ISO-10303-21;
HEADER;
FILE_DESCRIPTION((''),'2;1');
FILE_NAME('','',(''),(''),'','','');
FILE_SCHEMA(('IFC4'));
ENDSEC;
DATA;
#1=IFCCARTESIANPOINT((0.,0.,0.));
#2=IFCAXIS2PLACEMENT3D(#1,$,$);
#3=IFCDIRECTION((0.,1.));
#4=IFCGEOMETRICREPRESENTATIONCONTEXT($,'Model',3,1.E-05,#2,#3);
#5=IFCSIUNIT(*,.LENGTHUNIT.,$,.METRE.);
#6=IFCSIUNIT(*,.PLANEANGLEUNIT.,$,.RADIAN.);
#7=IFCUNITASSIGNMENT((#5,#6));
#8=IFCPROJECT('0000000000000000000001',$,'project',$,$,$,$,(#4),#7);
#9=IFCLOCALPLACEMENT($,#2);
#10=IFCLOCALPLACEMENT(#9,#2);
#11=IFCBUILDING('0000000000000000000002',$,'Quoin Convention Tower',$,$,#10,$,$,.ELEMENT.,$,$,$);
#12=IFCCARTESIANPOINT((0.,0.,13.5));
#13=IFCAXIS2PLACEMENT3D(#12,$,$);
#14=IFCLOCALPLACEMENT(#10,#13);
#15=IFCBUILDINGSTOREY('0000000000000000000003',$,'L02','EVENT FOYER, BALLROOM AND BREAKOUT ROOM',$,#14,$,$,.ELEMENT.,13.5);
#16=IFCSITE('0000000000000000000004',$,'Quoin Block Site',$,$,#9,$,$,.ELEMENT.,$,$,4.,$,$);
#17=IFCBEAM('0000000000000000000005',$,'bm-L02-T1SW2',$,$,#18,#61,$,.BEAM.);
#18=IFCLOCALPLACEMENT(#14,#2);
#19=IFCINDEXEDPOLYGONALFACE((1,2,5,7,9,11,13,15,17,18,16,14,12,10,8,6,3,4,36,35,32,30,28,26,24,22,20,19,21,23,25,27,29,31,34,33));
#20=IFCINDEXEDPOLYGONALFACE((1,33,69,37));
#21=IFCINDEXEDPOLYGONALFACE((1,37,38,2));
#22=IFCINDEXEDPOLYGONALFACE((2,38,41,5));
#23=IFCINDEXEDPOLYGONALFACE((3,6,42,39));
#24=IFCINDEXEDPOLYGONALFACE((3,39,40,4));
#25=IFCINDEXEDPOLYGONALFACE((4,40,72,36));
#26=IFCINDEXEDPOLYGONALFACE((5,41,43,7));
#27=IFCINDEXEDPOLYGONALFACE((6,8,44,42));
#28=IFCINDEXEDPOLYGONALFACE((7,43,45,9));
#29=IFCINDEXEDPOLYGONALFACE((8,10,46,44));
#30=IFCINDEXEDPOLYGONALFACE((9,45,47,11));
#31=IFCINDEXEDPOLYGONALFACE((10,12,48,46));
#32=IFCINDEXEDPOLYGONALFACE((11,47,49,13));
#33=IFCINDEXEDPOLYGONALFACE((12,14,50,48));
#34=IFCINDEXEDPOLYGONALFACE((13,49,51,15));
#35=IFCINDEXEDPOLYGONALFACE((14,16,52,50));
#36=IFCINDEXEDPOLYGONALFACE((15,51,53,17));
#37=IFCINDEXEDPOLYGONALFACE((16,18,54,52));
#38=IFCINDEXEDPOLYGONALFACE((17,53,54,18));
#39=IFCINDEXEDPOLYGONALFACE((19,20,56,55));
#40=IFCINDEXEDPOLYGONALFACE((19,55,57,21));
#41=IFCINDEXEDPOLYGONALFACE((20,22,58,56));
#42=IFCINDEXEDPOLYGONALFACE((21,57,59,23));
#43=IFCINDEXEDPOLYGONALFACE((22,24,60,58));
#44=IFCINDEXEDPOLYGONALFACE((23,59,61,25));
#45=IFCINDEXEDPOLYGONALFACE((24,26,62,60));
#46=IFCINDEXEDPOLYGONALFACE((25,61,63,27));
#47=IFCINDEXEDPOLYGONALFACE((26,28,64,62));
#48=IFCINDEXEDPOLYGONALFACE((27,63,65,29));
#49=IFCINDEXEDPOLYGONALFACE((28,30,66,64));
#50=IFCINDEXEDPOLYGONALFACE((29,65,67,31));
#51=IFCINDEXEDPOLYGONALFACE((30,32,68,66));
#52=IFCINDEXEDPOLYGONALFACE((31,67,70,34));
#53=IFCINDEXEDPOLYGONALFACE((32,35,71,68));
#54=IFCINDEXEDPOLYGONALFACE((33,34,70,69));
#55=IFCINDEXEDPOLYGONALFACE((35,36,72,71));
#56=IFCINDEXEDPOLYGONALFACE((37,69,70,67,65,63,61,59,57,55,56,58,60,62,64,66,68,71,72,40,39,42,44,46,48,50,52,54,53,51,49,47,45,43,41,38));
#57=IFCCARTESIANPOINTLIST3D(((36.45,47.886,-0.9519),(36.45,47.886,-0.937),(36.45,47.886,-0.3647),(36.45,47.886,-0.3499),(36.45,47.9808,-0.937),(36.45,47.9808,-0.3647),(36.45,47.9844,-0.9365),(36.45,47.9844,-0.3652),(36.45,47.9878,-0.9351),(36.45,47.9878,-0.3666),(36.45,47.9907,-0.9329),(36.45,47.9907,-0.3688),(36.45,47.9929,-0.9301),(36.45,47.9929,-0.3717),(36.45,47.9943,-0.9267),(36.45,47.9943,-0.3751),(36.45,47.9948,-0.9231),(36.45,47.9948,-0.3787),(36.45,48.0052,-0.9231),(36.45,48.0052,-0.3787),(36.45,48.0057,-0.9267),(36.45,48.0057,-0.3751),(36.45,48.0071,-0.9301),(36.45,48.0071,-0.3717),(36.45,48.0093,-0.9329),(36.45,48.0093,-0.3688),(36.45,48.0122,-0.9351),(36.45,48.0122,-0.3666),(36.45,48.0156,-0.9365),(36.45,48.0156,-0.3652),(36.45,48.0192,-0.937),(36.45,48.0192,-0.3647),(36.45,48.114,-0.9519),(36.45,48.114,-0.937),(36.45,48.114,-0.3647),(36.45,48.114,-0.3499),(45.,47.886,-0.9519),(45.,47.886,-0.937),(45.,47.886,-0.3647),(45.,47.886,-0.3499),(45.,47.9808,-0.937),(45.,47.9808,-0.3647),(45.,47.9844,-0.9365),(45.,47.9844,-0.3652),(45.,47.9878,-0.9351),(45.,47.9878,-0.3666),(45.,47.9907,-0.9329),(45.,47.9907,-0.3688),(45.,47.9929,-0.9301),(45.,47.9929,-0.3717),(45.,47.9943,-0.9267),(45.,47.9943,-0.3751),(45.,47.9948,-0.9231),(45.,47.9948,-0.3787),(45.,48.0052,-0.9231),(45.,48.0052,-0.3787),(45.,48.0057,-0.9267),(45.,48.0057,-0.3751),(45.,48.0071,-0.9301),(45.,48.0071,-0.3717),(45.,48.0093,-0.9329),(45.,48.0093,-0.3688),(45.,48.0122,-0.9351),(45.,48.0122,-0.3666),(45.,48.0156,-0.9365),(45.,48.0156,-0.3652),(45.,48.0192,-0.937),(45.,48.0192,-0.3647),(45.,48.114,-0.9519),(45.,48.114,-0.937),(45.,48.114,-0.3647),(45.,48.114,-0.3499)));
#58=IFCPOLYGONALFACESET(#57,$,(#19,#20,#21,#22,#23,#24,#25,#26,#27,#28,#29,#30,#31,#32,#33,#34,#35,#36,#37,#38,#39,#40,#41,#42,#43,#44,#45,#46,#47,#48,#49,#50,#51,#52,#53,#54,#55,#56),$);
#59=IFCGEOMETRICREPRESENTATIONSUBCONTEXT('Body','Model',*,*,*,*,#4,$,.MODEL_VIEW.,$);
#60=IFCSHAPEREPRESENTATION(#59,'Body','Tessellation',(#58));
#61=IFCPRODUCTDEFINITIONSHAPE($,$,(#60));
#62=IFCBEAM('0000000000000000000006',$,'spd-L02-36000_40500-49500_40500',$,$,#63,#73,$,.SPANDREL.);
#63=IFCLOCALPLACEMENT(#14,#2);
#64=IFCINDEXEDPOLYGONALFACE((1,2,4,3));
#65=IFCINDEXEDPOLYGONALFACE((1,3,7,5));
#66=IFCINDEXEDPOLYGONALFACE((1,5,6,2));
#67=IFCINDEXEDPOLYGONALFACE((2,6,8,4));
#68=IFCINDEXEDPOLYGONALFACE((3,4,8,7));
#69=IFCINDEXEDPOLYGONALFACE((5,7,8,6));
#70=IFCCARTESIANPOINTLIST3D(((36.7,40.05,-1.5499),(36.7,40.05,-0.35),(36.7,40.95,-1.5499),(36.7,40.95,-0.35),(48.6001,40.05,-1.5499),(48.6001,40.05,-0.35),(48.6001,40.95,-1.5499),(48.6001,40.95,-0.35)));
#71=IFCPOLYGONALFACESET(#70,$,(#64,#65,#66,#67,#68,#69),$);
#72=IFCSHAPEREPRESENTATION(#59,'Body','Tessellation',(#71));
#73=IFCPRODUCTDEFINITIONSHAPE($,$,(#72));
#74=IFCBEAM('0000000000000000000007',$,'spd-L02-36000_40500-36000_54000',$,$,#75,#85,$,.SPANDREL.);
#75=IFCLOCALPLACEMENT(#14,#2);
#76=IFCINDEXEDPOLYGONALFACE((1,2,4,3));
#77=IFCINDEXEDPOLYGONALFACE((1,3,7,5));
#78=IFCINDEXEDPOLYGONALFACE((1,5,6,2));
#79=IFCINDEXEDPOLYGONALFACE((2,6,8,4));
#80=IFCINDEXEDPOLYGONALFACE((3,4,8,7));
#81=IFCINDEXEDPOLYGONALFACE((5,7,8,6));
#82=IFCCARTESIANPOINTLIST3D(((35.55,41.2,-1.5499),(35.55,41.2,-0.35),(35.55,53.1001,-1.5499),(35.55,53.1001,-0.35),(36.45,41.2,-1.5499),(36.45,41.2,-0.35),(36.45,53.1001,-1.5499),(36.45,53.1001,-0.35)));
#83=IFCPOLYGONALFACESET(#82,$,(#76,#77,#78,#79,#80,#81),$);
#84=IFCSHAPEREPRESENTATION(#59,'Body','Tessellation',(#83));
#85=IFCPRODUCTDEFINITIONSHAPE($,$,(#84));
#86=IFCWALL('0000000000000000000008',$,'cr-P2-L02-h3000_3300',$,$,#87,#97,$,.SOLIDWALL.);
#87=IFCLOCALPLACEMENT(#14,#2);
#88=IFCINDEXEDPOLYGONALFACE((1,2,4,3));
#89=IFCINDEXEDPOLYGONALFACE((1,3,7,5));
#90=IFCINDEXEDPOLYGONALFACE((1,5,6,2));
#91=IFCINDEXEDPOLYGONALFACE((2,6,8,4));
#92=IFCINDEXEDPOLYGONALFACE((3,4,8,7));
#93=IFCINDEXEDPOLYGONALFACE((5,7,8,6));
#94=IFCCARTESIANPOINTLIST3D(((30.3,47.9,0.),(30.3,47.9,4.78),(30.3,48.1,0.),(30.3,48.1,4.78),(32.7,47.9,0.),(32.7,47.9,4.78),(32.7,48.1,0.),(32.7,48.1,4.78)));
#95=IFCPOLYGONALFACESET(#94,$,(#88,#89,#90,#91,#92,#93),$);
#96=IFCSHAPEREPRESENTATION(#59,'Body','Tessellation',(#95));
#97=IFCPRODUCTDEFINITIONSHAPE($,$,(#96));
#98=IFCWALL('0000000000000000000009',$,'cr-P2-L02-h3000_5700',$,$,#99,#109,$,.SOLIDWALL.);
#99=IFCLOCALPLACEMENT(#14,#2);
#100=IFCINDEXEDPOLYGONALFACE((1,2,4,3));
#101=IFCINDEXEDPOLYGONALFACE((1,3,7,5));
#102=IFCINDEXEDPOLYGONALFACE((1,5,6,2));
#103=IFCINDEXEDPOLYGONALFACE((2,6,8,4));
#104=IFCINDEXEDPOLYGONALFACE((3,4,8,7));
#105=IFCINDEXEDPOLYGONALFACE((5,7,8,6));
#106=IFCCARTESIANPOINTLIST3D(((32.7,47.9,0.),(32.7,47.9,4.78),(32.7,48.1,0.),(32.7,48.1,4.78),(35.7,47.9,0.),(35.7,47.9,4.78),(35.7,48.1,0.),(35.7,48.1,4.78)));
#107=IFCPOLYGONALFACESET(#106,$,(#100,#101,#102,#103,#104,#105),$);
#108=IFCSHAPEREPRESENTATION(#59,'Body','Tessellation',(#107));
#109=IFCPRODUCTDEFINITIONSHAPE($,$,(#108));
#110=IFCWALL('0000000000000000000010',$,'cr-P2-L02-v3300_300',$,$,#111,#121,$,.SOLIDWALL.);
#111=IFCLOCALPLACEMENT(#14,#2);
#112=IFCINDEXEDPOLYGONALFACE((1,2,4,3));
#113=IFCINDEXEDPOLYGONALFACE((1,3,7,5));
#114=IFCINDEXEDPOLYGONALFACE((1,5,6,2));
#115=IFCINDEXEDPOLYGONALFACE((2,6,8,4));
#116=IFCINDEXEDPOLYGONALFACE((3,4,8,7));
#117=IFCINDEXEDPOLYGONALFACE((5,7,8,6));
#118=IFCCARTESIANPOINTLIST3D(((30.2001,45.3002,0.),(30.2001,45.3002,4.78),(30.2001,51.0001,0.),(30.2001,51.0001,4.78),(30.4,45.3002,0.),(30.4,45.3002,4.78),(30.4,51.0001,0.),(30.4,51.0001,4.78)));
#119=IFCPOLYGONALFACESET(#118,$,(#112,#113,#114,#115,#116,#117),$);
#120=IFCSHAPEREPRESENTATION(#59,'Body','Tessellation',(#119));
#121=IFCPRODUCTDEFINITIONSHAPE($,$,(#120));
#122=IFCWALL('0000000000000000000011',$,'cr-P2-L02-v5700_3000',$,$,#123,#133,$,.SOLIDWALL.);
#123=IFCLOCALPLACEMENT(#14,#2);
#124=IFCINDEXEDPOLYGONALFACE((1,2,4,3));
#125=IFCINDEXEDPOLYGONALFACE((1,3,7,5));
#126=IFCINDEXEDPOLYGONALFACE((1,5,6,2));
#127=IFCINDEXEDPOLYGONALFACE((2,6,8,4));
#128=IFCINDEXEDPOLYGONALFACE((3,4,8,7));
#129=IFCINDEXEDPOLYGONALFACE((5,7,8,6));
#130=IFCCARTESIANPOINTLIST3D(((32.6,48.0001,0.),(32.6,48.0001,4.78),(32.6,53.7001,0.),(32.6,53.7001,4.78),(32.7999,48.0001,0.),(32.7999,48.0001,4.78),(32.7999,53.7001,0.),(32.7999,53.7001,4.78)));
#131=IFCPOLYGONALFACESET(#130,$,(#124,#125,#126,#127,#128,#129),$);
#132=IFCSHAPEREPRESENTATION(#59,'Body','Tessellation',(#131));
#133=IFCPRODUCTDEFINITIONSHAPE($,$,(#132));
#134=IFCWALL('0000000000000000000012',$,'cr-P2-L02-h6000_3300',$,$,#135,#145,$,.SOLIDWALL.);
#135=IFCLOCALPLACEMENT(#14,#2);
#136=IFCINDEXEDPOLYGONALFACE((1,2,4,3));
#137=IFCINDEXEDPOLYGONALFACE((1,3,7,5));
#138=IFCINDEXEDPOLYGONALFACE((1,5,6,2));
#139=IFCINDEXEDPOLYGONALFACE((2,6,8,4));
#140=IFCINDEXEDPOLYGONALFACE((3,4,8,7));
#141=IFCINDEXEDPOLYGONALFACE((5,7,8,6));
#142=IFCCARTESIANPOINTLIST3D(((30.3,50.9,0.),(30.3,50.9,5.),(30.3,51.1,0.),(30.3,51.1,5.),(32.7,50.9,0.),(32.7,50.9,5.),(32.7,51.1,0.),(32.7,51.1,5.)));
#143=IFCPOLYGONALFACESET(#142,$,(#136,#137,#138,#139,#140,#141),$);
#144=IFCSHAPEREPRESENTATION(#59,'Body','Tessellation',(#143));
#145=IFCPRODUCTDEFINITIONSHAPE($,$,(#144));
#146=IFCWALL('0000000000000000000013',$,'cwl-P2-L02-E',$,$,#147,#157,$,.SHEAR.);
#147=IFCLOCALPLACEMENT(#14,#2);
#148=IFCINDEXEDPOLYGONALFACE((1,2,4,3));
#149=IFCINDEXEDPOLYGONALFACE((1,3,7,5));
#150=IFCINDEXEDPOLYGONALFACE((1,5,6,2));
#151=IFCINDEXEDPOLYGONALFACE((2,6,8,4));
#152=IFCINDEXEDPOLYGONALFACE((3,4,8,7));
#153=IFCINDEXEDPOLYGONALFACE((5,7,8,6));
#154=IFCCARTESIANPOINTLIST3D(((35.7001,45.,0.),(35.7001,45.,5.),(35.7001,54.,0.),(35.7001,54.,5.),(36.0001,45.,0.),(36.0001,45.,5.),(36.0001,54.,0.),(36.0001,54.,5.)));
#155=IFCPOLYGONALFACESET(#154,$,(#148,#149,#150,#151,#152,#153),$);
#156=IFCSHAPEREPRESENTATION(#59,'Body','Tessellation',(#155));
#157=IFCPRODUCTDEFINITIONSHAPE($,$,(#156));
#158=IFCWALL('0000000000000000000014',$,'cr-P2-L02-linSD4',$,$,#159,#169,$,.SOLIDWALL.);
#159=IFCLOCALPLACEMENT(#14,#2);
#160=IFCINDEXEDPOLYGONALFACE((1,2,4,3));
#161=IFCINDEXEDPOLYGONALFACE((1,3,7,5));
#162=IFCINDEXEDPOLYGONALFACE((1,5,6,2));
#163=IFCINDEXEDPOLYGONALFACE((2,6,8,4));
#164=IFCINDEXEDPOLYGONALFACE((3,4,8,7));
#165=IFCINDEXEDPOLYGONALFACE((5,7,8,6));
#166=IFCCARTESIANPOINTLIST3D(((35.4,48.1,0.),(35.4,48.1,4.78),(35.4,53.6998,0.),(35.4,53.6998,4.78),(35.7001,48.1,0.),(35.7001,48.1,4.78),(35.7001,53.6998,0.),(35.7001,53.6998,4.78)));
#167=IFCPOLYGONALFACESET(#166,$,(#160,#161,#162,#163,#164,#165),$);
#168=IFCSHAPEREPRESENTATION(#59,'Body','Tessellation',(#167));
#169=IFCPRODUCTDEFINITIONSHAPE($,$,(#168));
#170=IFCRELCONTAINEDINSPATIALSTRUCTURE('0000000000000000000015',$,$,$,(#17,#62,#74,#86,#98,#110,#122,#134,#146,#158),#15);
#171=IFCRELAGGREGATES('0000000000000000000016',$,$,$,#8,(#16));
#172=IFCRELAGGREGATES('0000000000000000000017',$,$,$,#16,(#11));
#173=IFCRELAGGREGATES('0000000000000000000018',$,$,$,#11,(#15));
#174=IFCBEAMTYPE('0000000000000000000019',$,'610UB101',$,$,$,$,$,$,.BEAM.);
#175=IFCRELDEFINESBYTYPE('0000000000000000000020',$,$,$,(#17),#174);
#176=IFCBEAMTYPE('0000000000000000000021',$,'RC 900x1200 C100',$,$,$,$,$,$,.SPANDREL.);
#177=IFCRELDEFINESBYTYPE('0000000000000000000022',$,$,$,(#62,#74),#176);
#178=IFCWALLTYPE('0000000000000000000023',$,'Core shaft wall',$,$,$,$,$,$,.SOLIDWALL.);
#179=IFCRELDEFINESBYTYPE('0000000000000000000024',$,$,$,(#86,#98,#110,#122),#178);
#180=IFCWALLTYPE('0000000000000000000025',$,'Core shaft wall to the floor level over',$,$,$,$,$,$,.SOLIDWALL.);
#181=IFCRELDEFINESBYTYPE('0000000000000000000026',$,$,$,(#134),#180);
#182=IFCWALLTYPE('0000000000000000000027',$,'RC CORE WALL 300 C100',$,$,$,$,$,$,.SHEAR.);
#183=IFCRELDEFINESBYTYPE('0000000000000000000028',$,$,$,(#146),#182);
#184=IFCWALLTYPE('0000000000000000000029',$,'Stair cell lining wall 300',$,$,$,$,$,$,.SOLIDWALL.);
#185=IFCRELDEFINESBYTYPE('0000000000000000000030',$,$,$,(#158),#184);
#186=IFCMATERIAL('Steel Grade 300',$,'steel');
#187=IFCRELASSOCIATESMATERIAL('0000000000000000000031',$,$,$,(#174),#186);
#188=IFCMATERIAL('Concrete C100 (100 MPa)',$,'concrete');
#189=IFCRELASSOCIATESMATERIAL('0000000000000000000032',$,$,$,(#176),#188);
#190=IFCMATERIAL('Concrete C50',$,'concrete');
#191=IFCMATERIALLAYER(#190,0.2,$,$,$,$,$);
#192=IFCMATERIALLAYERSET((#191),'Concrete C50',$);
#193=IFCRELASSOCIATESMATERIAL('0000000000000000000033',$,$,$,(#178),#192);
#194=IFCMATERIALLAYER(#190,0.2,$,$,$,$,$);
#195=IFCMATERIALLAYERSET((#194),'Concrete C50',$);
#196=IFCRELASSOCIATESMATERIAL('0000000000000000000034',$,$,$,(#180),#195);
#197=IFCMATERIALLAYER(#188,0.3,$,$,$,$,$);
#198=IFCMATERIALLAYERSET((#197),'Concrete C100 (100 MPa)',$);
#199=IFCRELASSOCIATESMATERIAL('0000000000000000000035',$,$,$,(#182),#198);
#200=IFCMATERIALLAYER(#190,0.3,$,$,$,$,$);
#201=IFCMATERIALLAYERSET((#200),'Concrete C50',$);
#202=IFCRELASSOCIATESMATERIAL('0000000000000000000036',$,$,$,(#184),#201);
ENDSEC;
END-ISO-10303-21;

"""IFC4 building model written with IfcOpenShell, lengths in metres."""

from ifc_helpers import new_model, si_unit, direction, frame, frame_2d, origin, origin_2d, place, context, subcontext, project, spatial, rectangle, i_section, extrude, material, layer, layer_set, material_profile, profile_set, type_object, element, save


model = new_model("IFC4")

# Units and contexts
model_context = context("Model", 3, precision=1e-05, world=origin(), true_north=direction((0.0, 1.0)))
body_context = subcontext(model_context, "Body", "Model", "MODEL_VIEW")
ifc_project = project(units=[si_unit("LENGTHUNIT", "METRE"), si_unit("PLANEANGLEUNIT", "RADIAN")], contexts=[model_context])

# Site, building, storey
site_placement = place(None, origin())
site = spatial("IfcSite", under=ifc_project, at=site_placement, Name="Quoin Block Site", CompositionType="ELEMENT", RefElevation=4.0)
building_placement = place(site_placement, origin())
building = spatial("IfcBuilding", under=site, at=building_placement, Name="Quoin Convention Tower", CompositionType="ELEMENT")
storey_placement = place(building_placement, frame((0.0, 0.0, 13.5)))
storey = spatial("IfcBuildingStorey", under=building, at=storey_placement, Name="L02", Description="EVENT FOYER, BALLROOM AND BREAKOUT ROOM", CompositionType="ELEMENT", Elevation=13.5)

# Shared definitions
ifc_material_1 = material(Name="Concrete C100 (100 MPa)", Category="concrete")

# Beams
ifc_material_2 = material(Name="Steel Grade 300", Category="steel")
ifc_material_profile_1 = material_profile(ifc_material_2, i_section(OverallWidth=0.228, OverallDepth=0.6021, WebThickness=0.0105, FlangeThickness=0.0149, FilletRadius=0.0139, at=origin_2d()), Name="610UB101")
ifc_profile_set_1 = profile_set([ifc_material_profile_1], Name="Steel Grade 300")
beam_type_1 = type_object("IfcBeamType", Name="610UB101", PredefinedType="BEAM", material=ifc_profile_set_1)
for number, where, z_axis, x_axis, name in (
    (1, (36.45, 48.0, -0.6509), (1.0, 0.0, 0.0), (0.0, 1.0, 0.0), "bm-L02-T1SW2"),
):
    element("IfcBeam", number, at=place(storey_placement, frame(where, z_axis=z_axis, x_axis=x_axis)), inside=storey, type_object=beam_type_1, Name=name, PredefinedType="BEAM", context=body_context, shape_type="SweptSolid", body=[
        extrude(i_section(OverallWidth=0.228, OverallDepth=0.6021, WebThickness=0.0105, FlangeThickness=0.0149, FilletRadius=0.0139, at=origin_2d()), origin(), (0.0, 0.0, 1.0), 8.55),
    ])
ifc_material_profile_2 = material_profile(ifc_material_1, rectangle(XDim=0.8999, YDim=1.2, at=origin_2d()), Name="RC 900x1200")
ifc_profile_set_2 = profile_set([ifc_material_profile_2], Name="Concrete C100 (100 MPa)")
beam_type_2 = type_object("IfcBeamType", Name="RC 900x1200 C100", PredefinedType="SPANDREL", material=ifc_profile_set_2)
for number, where, z_axis, x_axis, name in (
    (2, (36.7, 40.5, -0.95), (1.0, 0.0, 0.0), (0.0, 1.0, 0.0), "spd-L02-36000_40500-49500_40500"),
    (3, (36.0, 41.2, -0.95), (0.0, 1.0, 0.0), (-1.0, 0.0, 0.0), "spd-L02-36000_40500-36000_54000"),
):
    element("IfcBeam", number, at=place(storey_placement, frame(where, z_axis=z_axis, x_axis=x_axis)), inside=storey, type_object=beam_type_2, Name=name, PredefinedType="SPANDREL", context=body_context, shape_type="SweptSolid", body=[
        extrude(rectangle(XDim=0.8999, YDim=1.2, at=origin_2d()), origin(), (0.0, 0.0, 1.0), 11.9001),
    ])

# Walls
ifc_material_3 = material(Name="Concrete C50", Category="concrete")
ifc_layer_1 = layer(ifc_material_3, 0.2)
ifc_layer_set_1 = layer_set([ifc_layer_1], Name="Concrete C50")
wall_type_1 = type_object("IfcWallType", Name="Core shaft wall", PredefinedType="SOLIDWALL", material=ifc_layer_set_1)
wall_1_placement = place(storey_placement, frame((30.3, 48.0, 0.0), z_axis=(0.0, 0.0, 1.0), x_axis=(1.0, 0.0, 0.0)))
element("IfcWall", 4, at=wall_1_placement, inside=storey, type_object=wall_type_1, Name="cr-P2-L02-h3000_3300", PredefinedType="SOLIDWALL", context=body_context, shape_type="SweptSolid", body=[
    extrude(rectangle(XDim=2.3999, YDim=0.2, at=frame_2d((1.2, 0.0))), origin(), (0.0, 0.0, 1.0), 4.78),
])
wall_2_placement = place(storey_placement, frame((32.7, 48.0, 0.0), z_axis=(0.0, 0.0, 1.0), x_axis=(1.0, 0.0, 0.0)))
element("IfcWall", 5, at=wall_2_placement, inside=storey, type_object=wall_type_1, Name="cr-P2-L02-h3000_5700", PredefinedType="SOLIDWALL", context=body_context, shape_type="SweptSolid", body=[
    extrude(rectangle(XDim=3.0, YDim=0.2, at=frame_2d((1.5, 0.0))), origin(), (0.0, 0.0, 1.0), 4.78),
])
for number, where, z_axis, x_axis, name in (
    (6, (30.3, 45.3, 0.0), (0.0, 0.0, 1.0), (0.0, 1.0, 0.0), "cr-P2-L02-v3300_300"),
    (7, (32.7, 48.0, 0.0), (0.0, 0.0, 1.0), (0.0, 1.0, 0.0), "cr-P2-L02-v5700_3000"),
):
    element("IfcWall", number, at=place(storey_placement, frame(where, z_axis=z_axis, x_axis=x_axis)), inside=storey, type_object=wall_type_1, Name=name, PredefinedType="SOLIDWALL", context=body_context, shape_type="SweptSolid", body=[
        extrude(rectangle(XDim=5.7, YDim=0.2, at=frame_2d((2.8501, 0.0))), origin(), (0.0, 0.0, 1.0), 4.78),
    ])
ifc_layer_2 = layer(ifc_material_3, 0.2)
ifc_layer_set_2 = layer_set([ifc_layer_2], Name="Concrete C50")
wall_type_2 = type_object("IfcWallType", Name="Core shaft wall to the floor level over", PredefinedType="SOLIDWALL", material=ifc_layer_set_2)
wall_3_placement = place(storey_placement, frame((30.3, 51.0, 0.0), z_axis=(0.0, 0.0, 1.0), x_axis=(1.0, 0.0, 0.0)))
element("IfcWall", 8, at=wall_3_placement, inside=storey, type_object=wall_type_2, Name="cr-P2-L02-h6000_3300", PredefinedType="SOLIDWALL", context=body_context, shape_type="SweptSolid", body=[
    extrude(rectangle(XDim=2.3999, YDim=0.2, at=frame_2d((1.2, 0.0))), origin(), (0.0, 0.0, 1.0), 5.0),
])
ifc_layer_3 = layer(ifc_material_1, 0.3)
ifc_layer_set_3 = layer_set([ifc_layer_3], Name="Concrete C100 (100 MPa)")
wall_type_3 = type_object("IfcWallType", Name="RC CORE WALL 300 C100", PredefinedType="SHEAR", material=ifc_layer_set_3)
wall_4_placement = place(storey_placement, frame((35.8501, 45.0, 0.0), z_axis=(0.0, 0.0, 1.0), x_axis=(0.0, 1.0, 0.0)))
element("IfcWall", 9, at=wall_4_placement, inside=storey, type_object=wall_type_3, Name="cwl-P2-L02-E", PredefinedType="SHEAR", context=body_context, shape_type="SweptSolid", body=[
    extrude(rectangle(XDim=9.0, YDim=0.3, at=frame_2d((4.5, 0.0))), origin(), (0.0, 0.0, 1.0), 5.0),
])
ifc_layer_4 = layer(ifc_material_3, 0.3)
ifc_layer_set_4 = layer_set([ifc_layer_4], Name="Concrete C50")
wall_type_4 = type_object("IfcWallType", Name="Stair cell lining wall 300", PredefinedType="SOLIDWALL", material=ifc_layer_set_4)
wall_5_placement = place(storey_placement, frame((35.55, 48.1001, 0.0), z_axis=(0.0, 0.0, 1.0), x_axis=(0.0, 1.0, 0.0)))
element("IfcWall", 10, at=wall_5_placement, inside=storey, type_object=wall_type_4, Name="cr-P2-L02-linSD4", PredefinedType="SOLIDWALL", context=body_context, shape_type="SweptSolid", body=[
    extrude(rectangle(XDim=5.5999, YDim=0.3, at=frame_2d((2.7998, 0.0))), origin(), (0.0, 0.0, 1.0), 4.78),
])

save(model, "model.ifc")
